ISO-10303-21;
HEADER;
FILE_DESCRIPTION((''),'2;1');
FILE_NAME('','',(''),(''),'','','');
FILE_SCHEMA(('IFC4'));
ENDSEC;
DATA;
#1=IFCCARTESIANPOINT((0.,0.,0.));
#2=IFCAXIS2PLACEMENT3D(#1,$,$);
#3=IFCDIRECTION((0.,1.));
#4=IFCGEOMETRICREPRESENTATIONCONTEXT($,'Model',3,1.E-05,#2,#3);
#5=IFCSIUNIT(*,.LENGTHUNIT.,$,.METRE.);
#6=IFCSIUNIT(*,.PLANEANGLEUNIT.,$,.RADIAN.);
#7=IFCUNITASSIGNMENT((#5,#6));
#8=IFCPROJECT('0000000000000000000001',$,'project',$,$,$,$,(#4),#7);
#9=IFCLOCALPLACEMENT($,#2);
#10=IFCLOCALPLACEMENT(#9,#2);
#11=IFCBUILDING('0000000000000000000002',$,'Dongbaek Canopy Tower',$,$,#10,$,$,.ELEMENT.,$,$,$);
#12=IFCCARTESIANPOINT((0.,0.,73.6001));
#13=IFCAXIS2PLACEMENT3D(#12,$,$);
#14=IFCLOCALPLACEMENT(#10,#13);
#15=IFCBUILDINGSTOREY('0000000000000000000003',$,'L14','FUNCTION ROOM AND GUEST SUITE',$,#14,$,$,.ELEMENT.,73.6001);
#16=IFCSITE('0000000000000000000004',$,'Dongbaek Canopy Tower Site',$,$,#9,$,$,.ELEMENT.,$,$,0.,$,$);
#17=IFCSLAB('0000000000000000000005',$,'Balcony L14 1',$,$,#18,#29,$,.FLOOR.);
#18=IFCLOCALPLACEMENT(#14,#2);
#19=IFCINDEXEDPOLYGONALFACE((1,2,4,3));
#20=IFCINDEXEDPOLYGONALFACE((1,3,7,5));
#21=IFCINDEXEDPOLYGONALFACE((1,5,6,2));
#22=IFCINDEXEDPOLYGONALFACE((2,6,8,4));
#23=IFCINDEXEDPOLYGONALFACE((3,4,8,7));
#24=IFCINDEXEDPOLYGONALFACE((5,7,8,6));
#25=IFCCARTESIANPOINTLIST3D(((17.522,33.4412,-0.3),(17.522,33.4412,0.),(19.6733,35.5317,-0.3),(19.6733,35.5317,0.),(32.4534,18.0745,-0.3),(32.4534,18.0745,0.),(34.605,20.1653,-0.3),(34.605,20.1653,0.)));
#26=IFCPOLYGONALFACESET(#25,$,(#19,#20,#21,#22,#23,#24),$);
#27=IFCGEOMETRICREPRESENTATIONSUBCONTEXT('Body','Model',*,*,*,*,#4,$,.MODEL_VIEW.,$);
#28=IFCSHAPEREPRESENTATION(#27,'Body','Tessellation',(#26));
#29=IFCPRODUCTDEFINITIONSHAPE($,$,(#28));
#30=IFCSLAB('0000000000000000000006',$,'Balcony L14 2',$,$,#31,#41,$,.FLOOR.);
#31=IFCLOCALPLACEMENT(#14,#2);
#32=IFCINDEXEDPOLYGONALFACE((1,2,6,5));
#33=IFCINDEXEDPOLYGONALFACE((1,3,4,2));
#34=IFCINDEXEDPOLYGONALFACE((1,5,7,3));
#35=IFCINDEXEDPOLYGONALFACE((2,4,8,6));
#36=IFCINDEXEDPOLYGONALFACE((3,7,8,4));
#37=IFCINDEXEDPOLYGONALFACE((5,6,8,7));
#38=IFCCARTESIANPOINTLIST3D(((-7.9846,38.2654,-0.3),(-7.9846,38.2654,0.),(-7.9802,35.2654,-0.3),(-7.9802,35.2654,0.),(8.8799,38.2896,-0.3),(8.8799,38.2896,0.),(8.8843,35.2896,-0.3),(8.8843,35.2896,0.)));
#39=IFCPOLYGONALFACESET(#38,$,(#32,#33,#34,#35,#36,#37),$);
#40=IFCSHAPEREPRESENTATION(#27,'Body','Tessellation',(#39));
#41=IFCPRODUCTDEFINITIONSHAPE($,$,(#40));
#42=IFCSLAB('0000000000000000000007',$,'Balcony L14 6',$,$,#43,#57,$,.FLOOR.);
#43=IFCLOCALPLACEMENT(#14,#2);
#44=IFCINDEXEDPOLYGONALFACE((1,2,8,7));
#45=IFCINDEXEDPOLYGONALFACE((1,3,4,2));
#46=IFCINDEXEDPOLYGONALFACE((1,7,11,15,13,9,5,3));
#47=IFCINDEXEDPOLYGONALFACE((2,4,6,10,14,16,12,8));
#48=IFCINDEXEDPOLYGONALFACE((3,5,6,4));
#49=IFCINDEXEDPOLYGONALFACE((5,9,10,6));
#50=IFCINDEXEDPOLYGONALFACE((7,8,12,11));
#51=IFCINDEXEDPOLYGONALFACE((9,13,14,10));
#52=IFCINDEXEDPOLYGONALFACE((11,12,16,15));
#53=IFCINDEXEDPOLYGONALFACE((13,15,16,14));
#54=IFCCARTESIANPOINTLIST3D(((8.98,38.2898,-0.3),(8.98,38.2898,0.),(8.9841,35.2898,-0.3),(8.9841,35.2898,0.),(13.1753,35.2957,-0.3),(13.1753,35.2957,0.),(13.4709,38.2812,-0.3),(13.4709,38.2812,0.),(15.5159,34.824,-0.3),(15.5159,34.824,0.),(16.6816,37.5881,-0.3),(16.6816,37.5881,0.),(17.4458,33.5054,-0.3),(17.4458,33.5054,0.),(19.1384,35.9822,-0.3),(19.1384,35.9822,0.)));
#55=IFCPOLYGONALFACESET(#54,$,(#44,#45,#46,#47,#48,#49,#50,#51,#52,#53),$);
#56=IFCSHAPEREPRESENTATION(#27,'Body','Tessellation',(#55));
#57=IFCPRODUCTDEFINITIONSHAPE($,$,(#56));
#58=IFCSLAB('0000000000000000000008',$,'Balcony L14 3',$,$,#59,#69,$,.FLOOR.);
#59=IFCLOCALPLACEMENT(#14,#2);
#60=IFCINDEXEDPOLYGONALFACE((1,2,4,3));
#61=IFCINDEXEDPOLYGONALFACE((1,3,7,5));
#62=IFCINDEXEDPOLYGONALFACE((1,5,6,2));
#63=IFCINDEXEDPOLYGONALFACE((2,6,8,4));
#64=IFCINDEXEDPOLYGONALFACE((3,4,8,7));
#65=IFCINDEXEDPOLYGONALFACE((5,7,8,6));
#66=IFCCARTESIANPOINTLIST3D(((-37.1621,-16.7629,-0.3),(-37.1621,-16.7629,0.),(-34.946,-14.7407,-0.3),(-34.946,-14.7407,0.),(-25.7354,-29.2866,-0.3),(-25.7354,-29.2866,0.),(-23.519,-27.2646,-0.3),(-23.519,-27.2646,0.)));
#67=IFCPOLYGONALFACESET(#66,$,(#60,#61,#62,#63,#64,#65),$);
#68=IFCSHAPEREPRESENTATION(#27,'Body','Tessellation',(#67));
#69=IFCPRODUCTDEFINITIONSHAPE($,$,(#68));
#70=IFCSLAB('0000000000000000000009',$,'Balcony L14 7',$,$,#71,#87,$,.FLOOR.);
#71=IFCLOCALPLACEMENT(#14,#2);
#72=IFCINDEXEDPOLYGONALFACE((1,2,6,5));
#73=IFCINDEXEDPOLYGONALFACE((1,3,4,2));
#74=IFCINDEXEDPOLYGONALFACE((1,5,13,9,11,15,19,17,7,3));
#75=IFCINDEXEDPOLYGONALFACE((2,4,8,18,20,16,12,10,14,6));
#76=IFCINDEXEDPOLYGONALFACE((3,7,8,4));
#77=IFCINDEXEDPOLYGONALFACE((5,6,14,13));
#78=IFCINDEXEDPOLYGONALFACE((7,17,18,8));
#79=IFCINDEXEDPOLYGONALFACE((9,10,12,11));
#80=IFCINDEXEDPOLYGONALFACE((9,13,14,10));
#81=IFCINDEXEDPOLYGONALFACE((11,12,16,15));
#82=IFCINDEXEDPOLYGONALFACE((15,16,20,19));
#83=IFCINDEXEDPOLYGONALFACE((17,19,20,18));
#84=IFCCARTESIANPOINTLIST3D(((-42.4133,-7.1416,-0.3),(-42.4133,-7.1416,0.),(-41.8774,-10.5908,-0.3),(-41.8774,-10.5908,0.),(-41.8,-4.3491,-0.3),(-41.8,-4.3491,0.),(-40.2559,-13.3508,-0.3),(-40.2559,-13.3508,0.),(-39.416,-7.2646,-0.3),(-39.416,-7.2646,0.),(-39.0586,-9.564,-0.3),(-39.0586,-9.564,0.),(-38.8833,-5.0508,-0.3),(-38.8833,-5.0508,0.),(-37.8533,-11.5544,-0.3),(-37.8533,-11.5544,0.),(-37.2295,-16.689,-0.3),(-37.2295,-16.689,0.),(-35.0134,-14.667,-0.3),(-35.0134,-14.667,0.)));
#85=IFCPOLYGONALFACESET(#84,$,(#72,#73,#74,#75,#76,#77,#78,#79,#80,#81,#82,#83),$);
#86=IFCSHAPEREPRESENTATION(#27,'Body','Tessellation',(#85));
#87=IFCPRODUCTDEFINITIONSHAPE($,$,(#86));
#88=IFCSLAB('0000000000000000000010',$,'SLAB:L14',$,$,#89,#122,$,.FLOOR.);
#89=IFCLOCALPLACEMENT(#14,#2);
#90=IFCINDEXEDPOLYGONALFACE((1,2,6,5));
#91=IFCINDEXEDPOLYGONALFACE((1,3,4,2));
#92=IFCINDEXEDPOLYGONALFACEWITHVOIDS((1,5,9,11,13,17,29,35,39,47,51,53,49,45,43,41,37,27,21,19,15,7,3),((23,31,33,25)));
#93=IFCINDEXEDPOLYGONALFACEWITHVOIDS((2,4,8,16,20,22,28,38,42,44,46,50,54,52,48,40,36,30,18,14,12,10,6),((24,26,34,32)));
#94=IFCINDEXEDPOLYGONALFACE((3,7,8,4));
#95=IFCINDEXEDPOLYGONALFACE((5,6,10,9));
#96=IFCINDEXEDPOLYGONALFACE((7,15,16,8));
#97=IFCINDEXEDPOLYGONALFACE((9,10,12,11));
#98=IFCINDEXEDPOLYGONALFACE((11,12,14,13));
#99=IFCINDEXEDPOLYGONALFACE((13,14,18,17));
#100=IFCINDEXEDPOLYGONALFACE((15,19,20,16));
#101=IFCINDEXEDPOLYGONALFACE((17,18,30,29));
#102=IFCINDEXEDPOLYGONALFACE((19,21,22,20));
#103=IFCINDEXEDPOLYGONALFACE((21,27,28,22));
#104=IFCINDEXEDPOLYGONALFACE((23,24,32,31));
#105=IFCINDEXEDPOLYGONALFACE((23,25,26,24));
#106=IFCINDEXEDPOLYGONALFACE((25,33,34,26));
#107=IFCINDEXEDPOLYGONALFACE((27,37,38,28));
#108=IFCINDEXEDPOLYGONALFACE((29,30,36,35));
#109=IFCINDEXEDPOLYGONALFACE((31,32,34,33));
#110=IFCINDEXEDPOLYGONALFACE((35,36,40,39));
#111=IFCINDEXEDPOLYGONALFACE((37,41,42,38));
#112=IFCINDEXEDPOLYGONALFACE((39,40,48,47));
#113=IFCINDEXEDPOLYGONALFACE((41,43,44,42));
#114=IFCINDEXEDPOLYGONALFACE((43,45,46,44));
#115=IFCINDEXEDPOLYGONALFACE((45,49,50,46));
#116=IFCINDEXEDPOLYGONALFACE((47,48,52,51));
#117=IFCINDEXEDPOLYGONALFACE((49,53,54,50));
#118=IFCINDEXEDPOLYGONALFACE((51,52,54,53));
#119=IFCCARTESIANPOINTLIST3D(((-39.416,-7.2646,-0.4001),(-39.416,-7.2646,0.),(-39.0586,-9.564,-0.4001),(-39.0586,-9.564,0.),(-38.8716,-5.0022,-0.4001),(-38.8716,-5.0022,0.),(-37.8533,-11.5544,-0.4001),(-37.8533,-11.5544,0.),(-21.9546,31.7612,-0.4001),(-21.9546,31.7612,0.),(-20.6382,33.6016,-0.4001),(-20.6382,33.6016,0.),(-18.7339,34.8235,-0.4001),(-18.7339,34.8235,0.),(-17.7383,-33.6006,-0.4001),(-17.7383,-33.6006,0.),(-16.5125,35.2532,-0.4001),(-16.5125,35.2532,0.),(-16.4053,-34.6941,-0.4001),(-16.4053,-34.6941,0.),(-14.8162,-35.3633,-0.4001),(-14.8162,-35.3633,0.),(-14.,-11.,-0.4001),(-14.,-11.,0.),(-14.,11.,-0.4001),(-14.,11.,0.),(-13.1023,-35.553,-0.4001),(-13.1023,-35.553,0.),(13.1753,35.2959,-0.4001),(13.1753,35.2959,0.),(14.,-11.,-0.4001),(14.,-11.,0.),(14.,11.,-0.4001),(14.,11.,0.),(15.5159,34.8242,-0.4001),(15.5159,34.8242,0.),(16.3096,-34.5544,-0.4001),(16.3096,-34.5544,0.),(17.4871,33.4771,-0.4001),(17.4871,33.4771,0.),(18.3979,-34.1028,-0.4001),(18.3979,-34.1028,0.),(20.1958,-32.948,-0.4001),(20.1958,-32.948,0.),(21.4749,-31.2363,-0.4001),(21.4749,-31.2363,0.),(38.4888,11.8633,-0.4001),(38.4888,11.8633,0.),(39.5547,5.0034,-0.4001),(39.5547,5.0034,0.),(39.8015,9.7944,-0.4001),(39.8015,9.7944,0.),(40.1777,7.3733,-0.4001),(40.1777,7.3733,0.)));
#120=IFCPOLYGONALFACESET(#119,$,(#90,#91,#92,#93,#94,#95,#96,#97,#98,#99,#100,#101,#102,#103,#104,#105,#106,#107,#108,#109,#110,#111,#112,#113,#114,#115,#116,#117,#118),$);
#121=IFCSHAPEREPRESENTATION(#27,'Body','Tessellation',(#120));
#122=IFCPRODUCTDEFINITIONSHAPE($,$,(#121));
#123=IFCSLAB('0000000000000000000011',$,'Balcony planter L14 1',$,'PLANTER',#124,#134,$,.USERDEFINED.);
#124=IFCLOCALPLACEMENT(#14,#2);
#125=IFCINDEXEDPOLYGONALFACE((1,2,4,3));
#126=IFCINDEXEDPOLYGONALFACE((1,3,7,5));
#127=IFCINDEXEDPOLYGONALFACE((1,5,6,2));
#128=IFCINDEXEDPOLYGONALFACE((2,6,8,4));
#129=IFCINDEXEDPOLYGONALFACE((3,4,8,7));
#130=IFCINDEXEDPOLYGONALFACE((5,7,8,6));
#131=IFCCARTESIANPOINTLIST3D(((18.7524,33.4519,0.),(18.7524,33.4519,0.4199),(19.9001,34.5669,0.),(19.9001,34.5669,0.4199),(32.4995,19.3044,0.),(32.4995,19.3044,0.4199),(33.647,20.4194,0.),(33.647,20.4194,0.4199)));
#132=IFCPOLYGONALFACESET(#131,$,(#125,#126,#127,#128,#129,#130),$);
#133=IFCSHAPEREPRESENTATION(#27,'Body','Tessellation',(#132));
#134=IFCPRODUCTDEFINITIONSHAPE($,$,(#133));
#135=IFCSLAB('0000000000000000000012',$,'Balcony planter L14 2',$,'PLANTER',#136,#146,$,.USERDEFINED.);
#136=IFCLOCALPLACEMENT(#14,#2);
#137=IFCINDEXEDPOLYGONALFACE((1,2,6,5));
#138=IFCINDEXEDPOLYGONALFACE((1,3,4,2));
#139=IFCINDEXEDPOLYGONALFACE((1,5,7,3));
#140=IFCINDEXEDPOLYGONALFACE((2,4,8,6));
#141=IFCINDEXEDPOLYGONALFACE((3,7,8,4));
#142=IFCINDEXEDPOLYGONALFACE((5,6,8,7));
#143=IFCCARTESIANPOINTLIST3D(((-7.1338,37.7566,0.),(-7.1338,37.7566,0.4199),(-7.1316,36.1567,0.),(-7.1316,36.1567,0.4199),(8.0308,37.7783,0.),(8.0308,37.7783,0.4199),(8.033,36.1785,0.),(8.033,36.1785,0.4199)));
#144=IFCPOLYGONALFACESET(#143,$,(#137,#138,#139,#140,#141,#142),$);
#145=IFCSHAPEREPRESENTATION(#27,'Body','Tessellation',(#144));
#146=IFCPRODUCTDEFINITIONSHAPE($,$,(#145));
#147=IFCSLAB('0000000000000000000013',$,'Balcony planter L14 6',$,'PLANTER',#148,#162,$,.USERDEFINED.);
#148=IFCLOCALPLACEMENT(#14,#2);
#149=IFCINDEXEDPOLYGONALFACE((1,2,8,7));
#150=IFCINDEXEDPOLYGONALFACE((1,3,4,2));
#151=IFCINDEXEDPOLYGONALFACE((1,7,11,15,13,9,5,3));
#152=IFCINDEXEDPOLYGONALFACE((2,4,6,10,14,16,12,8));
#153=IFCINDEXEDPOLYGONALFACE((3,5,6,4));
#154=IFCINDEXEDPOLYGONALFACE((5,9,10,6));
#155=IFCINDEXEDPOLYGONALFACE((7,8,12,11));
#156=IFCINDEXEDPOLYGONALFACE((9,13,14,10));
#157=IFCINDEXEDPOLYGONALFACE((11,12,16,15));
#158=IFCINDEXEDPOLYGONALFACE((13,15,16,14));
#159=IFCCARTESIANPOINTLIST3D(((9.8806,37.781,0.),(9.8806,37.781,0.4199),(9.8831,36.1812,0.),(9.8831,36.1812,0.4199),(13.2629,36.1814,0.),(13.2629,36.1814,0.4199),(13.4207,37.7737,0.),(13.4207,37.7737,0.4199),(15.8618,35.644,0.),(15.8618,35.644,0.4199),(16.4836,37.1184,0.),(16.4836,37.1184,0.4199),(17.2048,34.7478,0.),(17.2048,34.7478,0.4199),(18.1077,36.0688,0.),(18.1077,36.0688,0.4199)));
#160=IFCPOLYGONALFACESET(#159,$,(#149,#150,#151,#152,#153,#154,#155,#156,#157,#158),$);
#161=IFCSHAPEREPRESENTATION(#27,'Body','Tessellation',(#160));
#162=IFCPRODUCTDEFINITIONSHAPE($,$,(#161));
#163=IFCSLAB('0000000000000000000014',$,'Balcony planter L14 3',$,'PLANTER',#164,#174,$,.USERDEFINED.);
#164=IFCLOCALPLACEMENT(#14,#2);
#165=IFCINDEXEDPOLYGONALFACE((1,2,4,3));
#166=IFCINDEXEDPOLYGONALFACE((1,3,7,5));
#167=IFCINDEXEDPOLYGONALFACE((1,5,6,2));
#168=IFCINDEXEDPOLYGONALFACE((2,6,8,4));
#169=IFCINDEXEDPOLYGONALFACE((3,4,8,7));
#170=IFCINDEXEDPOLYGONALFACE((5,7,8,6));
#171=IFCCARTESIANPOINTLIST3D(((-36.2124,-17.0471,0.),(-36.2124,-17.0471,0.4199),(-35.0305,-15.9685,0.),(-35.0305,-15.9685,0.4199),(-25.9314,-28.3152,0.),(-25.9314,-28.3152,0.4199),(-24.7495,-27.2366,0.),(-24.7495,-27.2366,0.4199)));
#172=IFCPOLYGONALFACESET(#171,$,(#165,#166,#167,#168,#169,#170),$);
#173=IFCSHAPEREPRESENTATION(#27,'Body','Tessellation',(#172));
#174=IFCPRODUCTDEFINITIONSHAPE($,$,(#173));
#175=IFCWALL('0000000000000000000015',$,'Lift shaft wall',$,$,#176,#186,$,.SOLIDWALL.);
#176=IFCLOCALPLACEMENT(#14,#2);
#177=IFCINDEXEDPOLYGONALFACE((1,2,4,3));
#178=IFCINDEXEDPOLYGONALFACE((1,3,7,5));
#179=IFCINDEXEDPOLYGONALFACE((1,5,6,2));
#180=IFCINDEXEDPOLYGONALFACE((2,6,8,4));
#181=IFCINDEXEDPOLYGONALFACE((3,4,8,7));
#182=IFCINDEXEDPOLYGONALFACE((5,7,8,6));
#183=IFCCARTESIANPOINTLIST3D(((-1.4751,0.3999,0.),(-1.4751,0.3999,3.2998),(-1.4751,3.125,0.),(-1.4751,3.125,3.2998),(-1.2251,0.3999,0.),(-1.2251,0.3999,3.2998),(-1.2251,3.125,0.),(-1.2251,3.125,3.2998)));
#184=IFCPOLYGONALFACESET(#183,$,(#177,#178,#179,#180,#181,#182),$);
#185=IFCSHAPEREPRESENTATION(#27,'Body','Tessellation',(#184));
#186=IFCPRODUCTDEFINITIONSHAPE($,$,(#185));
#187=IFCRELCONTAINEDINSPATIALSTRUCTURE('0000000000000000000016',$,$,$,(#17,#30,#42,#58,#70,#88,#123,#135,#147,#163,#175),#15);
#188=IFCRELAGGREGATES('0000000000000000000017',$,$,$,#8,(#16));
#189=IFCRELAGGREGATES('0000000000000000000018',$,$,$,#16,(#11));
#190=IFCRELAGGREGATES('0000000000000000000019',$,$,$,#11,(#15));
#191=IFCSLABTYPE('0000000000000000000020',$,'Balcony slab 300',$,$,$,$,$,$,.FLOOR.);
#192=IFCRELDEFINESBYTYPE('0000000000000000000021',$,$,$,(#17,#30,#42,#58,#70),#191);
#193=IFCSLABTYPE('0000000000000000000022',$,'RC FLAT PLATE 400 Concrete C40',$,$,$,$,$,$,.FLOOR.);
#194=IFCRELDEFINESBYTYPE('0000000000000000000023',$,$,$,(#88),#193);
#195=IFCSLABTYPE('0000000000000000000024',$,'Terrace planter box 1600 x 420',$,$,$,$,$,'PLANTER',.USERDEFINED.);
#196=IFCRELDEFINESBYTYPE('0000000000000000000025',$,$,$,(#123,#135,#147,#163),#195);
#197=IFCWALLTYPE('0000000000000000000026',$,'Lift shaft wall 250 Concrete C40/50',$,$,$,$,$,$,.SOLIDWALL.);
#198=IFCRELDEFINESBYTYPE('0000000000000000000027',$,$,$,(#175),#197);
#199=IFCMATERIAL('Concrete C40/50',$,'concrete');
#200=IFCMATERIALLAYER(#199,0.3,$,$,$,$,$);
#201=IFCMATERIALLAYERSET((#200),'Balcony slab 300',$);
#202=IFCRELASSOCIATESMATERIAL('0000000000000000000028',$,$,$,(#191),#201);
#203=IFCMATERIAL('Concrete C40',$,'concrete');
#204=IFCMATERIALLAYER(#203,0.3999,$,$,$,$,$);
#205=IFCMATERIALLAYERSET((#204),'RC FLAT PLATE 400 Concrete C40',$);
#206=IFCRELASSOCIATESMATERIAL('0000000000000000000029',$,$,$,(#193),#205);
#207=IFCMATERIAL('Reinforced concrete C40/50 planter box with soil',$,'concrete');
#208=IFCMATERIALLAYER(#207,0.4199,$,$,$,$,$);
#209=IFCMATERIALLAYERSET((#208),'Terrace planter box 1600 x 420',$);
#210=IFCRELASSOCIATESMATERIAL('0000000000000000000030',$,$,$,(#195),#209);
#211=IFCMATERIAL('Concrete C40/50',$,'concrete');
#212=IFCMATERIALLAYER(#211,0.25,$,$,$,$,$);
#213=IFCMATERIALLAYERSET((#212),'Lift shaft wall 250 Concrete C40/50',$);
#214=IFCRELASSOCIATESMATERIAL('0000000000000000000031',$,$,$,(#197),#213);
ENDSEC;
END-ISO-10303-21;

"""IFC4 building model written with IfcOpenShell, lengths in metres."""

from ifc_helpers import new_model, si_unit, direction, frame, frame_2d, origin, place, context, subcontext, project, spatial, polyline, rectangle, outline, extrude, material, layer, layer_set, type_object, element, save


model = new_model("IFC4")

# Units and contexts
model_context = context("Model", 3, precision=1e-05, world=origin(), true_north=direction((0.0, 1.0)))
body_context = subcontext(model_context, "Body", "Model", "MODEL_VIEW")
ifc_project = project(units=[si_unit("LENGTHUNIT", "METRE"), si_unit("PLANEANGLEUNIT", "RADIAN")], contexts=[model_context])

# Site, building, storey
site_placement = place(None, origin())
site = spatial("IfcSite", under=ifc_project, at=site_placement, Name="Dongbaek Canopy Tower Site", CompositionType="ELEMENT", RefElevation=0.0)
building_placement = place(site_placement, origin())
building = spatial("IfcBuilding", under=site, at=building_placement, Name="Dongbaek Canopy Tower", CompositionType="ELEMENT")
storey_placement = place(building_placement, frame((0.0, 0.0, 73.6001)))
storey = spatial("IfcBuildingStorey", under=building, at=storey_placement, Name="L14", Description="FUNCTION ROOM AND GUEST SUITE", CompositionType="ELEMENT", Elevation=73.6001)

# Slabs
ifc_material_1 = material(Name="Concrete C40/50", Category="concrete")
ifc_layer_1 = layer(ifc_material_1, 0.3)
ifc_layer_set_1 = layer_set([ifc_layer_1], Name="Balcony slab 300")
slab_type_1 = type_object("IfcSlabType", Name="Balcony slab 300", PredefinedType="FLOOR", material=ifc_layer_set_1)
slab_1_placement = place(storey_placement, frame((0.0, 0.0, -0.3)))
element("IfcSlab", 1, at=slab_1_placement, inside=storey, type_object=slab_type_1, Name="Balcony L14 1", PredefinedType="FLOOR", context=body_context, shape_type="SweptSolid", body=[
    extrude(outline(polyline([(32.4534, 18.0745), (17.522, 33.4412), (19.6733, 35.5317), (34.605, 20.1653), (32.4534, 18.0745)])), origin(), (0.0, 0.0, 1.0), 0.3),
])
slab_2_placement = place(storey_placement, frame((0.0, 0.0, -0.3)))
element("IfcSlab", 2, at=slab_2_placement, inside=storey, type_object=slab_type_1, Name="Balcony L14 2", PredefinedType="FLOOR", context=body_context, shape_type="SweptSolid", body=[
    extrude(outline(polyline([(8.8843, 35.2896), (-7.9802, 35.2654), (-7.9846, 38.2654), (8.8799, 38.2896), (8.8843, 35.2896)])), origin(), (0.0, 0.0, 1.0), 0.3),
])
slab_3_placement = place(storey_placement, frame((0.0, 0.0, -0.3)))
element("IfcSlab", 3, at=slab_3_placement, inside=storey, type_object=slab_type_1, Name="Balcony L14 6", PredefinedType="FLOOR", context=body_context, shape_type="SweptSolid", body=[
    extrude(outline(polyline([(17.4458, 33.5054), (15.5159, 34.824), (13.1753, 35.2957), (8.9841, 35.2898), (8.98, 38.2898), (13.4709, 38.2812), (16.6816, 37.5881), (19.1384, 35.9822), (17.4458, 33.5054)])), origin(), (0.0, 0.0, 1.0), 0.3),
])
slab_4_placement = place(storey_placement, frame((0.0, 0.0, -0.3)))
element("IfcSlab", 4, at=slab_4_placement, inside=storey, type_object=slab_type_1, Name="Balcony L14 3", PredefinedType="FLOOR", context=body_context, shape_type="SweptSolid", body=[
    extrude(outline(polyline([(-34.946, -14.7407), (-23.519, -27.2646), (-25.7354, -29.2866), (-37.1621, -16.7629), (-34.946, -14.7407)])), origin(), (0.0, 0.0, 1.0), 0.3),
])
slab_5_placement = place(storey_placement, frame((0.0, 0.0, -0.3)))
element("IfcSlab", 5, at=slab_5_placement, inside=storey, type_object=slab_type_1, Name="Balcony L14 7", PredefinedType="FLOOR", context=body_context, shape_type="SweptSolid", body=[
    extrude(outline(polyline([(-38.8833, -5.0508), (-39.416, -7.2646), (-39.0586, -9.564), (-37.8533, -11.5544), (-35.0134, -14.667), (-37.2295, -16.689), (-40.2559, -13.3508), (-41.8774, -10.5908), (-42.4133, -7.1416), (-41.8, -4.3491), (-38.8833, -5.0508)])), origin(), (0.0, 0.0, 1.0), 0.3),
])
ifc_material_2 = material(Name="Concrete C40", Category="concrete")
ifc_layer_2 = layer(ifc_material_2, 0.3999)
ifc_layer_set_2 = layer_set([ifc_layer_2], Name="RC FLAT PLATE 400 Concrete C40")
slab_type_2 = type_object("IfcSlabType", Name="RC FLAT PLATE 400 Concrete C40", PredefinedType="FLOOR", material=ifc_layer_set_2)
slab_6_placement = place(storey_placement, frame((0.0, 0.0, -0.4001)))
element("IfcSlab", 6, at=slab_6_placement, inside=storey, type_object=slab_type_2, Name="SLAB:L14", PredefinedType="FLOOR", context=body_context, shape_type="SweptSolid", body=[
    extrude(outline(polyline([(21.4749, -31.2363), (20.1958, -32.948), (18.3979, -34.1028), (16.3096, -34.5544), (-13.1023, -35.553), (-14.8162, -35.3633), (-16.4053, -34.6941), (-17.7383, -33.6006), (-37.8533, -11.5544), (-39.0586, -9.564), (-39.416, -7.2646), (-38.8716, -5.0022), (-21.9546, 31.7612), (-20.6382, 33.6016), (-18.7339, 34.8235), (-16.5125, 35.2532), (13.1753, 35.2959), (15.5159, 34.8242), (17.4871, 33.4771), (38.4888, 11.8633), (39.8015, 9.7944), (40.1777, 7.3733), (39.5547, 5.0034), (21.4749, -31.2363)]), holes=[polyline([(14.0, 11.0), (-14.0, 11.0), (-14.0, -11.0), (14.0, -11.0), (14.0, 11.0)])]), origin(), (0.0, 0.0, 1.0), 0.4001),
])
ifc_material_3 = material(Name="Reinforced concrete C40/50 planter box with soil", Category="concrete")
ifc_layer_3 = layer(ifc_material_3, 0.4199)
ifc_layer_set_3 = layer_set([ifc_layer_3], Name="Terrace planter box 1600 x 420")
slab_type_3 = type_object("IfcSlabType", Name="Terrace planter box 1600 x 420", ElementType="PLANTER", PredefinedType="USERDEFINED", material=ifc_layer_set_3)
slab_7_placement = place(storey_placement, origin())
element("IfcSlab", 7, at=slab_7_placement, inside=storey, type_object=slab_type_3, Name="Balcony planter L14 1", ObjectType="PLANTER", PredefinedType="USERDEFINED", context=body_context, shape_type="SweptSolid", body=[
    extrude(outline(polyline([(32.4995, 19.3044), (18.7524, 33.4519), (19.9001, 34.5669), (33.647, 20.4194), (32.4995, 19.3044)])), origin(), (0.0, 0.0, 1.0), 0.4199),
])
slab_8_placement = place(storey_placement, origin())
element("IfcSlab", 8, at=slab_8_placement, inside=storey, type_object=slab_type_3, Name="Balcony planter L14 2", ObjectType="PLANTER", PredefinedType="USERDEFINED", context=body_context, shape_type="SweptSolid", body=[
    extrude(outline(polyline([(8.033, 36.1785), (-7.1316, 36.1567), (-7.1338, 37.7566), (8.0308, 37.7783), (8.033, 36.1785)])), origin(), (0.0, 0.0, 1.0), 0.4199),
])
slab_9_placement = place(storey_placement, origin())
element("IfcSlab", 9, at=slab_9_placement, inside=storey, type_object=slab_type_3, Name="Balcony planter L14 6", ObjectType="PLANTER", PredefinedType="USERDEFINED", context=body_context, shape_type="SweptSolid", body=[
    extrude(outline(polyline([(17.2048, 34.7478), (15.8618, 35.644), (13.2629, 36.1814), (9.8831, 36.1812), (9.8806, 37.781), (13.4207, 37.7737), (16.4836, 37.1184), (18.1077, 36.0688), (17.2048, 34.7478)])), origin(), (0.0, 0.0, 1.0), 0.4199),
])
slab_10_placement = place(storey_placement, origin())
element("IfcSlab", 10, at=slab_10_placement, inside=storey, type_object=slab_type_3, Name="Balcony planter L14 3", ObjectType="PLANTER", PredefinedType="USERDEFINED", context=body_context, shape_type="SweptSolid", body=[
    extrude(outline(polyline([(-35.0305, -15.9685), (-24.7495, -27.2366), (-25.9314, -28.3152), (-36.2124, -17.0471), (-35.0305, -15.9685)])), origin(), (0.0, 0.0, 1.0), 0.4199),
])

# Wall
ifc_material_4 = material(Name="Concrete C40/50", Category="concrete")
ifc_layer_4 = layer(ifc_material_4, 0.25)
ifc_layer_set_4 = layer_set([ifc_layer_4], Name="Lift shaft wall 250 Concrete C40/50")
wall_type = type_object("IfcWallType", Name="Lift shaft wall 250 Concrete C40/50", PredefinedType="SOLIDWALL", material=ifc_layer_set_4)
for number, where, z_axis, x_axis, name in (
    (11, (-1.3501, 0.3999, 0.0), (0.0, 0.0, 1.0), (0.0, 1.0, 0.0), "Lift shaft wall"),
):
    element("IfcWall", number, at=place(storey_placement, frame(where, z_axis=z_axis, x_axis=x_axis)), inside=storey, type_object=wall_type, Name=name, PredefinedType="SOLIDWALL", context=body_context, shape_type="SweptSolid", body=[
        extrude(rectangle(XDim=2.7251, YDim=0.25, at=frame_2d((1.3625, 0.0))), origin(), (0.0, 0.0, 1.0), 3.2998),
    ])

save(model, "model.ifc")
